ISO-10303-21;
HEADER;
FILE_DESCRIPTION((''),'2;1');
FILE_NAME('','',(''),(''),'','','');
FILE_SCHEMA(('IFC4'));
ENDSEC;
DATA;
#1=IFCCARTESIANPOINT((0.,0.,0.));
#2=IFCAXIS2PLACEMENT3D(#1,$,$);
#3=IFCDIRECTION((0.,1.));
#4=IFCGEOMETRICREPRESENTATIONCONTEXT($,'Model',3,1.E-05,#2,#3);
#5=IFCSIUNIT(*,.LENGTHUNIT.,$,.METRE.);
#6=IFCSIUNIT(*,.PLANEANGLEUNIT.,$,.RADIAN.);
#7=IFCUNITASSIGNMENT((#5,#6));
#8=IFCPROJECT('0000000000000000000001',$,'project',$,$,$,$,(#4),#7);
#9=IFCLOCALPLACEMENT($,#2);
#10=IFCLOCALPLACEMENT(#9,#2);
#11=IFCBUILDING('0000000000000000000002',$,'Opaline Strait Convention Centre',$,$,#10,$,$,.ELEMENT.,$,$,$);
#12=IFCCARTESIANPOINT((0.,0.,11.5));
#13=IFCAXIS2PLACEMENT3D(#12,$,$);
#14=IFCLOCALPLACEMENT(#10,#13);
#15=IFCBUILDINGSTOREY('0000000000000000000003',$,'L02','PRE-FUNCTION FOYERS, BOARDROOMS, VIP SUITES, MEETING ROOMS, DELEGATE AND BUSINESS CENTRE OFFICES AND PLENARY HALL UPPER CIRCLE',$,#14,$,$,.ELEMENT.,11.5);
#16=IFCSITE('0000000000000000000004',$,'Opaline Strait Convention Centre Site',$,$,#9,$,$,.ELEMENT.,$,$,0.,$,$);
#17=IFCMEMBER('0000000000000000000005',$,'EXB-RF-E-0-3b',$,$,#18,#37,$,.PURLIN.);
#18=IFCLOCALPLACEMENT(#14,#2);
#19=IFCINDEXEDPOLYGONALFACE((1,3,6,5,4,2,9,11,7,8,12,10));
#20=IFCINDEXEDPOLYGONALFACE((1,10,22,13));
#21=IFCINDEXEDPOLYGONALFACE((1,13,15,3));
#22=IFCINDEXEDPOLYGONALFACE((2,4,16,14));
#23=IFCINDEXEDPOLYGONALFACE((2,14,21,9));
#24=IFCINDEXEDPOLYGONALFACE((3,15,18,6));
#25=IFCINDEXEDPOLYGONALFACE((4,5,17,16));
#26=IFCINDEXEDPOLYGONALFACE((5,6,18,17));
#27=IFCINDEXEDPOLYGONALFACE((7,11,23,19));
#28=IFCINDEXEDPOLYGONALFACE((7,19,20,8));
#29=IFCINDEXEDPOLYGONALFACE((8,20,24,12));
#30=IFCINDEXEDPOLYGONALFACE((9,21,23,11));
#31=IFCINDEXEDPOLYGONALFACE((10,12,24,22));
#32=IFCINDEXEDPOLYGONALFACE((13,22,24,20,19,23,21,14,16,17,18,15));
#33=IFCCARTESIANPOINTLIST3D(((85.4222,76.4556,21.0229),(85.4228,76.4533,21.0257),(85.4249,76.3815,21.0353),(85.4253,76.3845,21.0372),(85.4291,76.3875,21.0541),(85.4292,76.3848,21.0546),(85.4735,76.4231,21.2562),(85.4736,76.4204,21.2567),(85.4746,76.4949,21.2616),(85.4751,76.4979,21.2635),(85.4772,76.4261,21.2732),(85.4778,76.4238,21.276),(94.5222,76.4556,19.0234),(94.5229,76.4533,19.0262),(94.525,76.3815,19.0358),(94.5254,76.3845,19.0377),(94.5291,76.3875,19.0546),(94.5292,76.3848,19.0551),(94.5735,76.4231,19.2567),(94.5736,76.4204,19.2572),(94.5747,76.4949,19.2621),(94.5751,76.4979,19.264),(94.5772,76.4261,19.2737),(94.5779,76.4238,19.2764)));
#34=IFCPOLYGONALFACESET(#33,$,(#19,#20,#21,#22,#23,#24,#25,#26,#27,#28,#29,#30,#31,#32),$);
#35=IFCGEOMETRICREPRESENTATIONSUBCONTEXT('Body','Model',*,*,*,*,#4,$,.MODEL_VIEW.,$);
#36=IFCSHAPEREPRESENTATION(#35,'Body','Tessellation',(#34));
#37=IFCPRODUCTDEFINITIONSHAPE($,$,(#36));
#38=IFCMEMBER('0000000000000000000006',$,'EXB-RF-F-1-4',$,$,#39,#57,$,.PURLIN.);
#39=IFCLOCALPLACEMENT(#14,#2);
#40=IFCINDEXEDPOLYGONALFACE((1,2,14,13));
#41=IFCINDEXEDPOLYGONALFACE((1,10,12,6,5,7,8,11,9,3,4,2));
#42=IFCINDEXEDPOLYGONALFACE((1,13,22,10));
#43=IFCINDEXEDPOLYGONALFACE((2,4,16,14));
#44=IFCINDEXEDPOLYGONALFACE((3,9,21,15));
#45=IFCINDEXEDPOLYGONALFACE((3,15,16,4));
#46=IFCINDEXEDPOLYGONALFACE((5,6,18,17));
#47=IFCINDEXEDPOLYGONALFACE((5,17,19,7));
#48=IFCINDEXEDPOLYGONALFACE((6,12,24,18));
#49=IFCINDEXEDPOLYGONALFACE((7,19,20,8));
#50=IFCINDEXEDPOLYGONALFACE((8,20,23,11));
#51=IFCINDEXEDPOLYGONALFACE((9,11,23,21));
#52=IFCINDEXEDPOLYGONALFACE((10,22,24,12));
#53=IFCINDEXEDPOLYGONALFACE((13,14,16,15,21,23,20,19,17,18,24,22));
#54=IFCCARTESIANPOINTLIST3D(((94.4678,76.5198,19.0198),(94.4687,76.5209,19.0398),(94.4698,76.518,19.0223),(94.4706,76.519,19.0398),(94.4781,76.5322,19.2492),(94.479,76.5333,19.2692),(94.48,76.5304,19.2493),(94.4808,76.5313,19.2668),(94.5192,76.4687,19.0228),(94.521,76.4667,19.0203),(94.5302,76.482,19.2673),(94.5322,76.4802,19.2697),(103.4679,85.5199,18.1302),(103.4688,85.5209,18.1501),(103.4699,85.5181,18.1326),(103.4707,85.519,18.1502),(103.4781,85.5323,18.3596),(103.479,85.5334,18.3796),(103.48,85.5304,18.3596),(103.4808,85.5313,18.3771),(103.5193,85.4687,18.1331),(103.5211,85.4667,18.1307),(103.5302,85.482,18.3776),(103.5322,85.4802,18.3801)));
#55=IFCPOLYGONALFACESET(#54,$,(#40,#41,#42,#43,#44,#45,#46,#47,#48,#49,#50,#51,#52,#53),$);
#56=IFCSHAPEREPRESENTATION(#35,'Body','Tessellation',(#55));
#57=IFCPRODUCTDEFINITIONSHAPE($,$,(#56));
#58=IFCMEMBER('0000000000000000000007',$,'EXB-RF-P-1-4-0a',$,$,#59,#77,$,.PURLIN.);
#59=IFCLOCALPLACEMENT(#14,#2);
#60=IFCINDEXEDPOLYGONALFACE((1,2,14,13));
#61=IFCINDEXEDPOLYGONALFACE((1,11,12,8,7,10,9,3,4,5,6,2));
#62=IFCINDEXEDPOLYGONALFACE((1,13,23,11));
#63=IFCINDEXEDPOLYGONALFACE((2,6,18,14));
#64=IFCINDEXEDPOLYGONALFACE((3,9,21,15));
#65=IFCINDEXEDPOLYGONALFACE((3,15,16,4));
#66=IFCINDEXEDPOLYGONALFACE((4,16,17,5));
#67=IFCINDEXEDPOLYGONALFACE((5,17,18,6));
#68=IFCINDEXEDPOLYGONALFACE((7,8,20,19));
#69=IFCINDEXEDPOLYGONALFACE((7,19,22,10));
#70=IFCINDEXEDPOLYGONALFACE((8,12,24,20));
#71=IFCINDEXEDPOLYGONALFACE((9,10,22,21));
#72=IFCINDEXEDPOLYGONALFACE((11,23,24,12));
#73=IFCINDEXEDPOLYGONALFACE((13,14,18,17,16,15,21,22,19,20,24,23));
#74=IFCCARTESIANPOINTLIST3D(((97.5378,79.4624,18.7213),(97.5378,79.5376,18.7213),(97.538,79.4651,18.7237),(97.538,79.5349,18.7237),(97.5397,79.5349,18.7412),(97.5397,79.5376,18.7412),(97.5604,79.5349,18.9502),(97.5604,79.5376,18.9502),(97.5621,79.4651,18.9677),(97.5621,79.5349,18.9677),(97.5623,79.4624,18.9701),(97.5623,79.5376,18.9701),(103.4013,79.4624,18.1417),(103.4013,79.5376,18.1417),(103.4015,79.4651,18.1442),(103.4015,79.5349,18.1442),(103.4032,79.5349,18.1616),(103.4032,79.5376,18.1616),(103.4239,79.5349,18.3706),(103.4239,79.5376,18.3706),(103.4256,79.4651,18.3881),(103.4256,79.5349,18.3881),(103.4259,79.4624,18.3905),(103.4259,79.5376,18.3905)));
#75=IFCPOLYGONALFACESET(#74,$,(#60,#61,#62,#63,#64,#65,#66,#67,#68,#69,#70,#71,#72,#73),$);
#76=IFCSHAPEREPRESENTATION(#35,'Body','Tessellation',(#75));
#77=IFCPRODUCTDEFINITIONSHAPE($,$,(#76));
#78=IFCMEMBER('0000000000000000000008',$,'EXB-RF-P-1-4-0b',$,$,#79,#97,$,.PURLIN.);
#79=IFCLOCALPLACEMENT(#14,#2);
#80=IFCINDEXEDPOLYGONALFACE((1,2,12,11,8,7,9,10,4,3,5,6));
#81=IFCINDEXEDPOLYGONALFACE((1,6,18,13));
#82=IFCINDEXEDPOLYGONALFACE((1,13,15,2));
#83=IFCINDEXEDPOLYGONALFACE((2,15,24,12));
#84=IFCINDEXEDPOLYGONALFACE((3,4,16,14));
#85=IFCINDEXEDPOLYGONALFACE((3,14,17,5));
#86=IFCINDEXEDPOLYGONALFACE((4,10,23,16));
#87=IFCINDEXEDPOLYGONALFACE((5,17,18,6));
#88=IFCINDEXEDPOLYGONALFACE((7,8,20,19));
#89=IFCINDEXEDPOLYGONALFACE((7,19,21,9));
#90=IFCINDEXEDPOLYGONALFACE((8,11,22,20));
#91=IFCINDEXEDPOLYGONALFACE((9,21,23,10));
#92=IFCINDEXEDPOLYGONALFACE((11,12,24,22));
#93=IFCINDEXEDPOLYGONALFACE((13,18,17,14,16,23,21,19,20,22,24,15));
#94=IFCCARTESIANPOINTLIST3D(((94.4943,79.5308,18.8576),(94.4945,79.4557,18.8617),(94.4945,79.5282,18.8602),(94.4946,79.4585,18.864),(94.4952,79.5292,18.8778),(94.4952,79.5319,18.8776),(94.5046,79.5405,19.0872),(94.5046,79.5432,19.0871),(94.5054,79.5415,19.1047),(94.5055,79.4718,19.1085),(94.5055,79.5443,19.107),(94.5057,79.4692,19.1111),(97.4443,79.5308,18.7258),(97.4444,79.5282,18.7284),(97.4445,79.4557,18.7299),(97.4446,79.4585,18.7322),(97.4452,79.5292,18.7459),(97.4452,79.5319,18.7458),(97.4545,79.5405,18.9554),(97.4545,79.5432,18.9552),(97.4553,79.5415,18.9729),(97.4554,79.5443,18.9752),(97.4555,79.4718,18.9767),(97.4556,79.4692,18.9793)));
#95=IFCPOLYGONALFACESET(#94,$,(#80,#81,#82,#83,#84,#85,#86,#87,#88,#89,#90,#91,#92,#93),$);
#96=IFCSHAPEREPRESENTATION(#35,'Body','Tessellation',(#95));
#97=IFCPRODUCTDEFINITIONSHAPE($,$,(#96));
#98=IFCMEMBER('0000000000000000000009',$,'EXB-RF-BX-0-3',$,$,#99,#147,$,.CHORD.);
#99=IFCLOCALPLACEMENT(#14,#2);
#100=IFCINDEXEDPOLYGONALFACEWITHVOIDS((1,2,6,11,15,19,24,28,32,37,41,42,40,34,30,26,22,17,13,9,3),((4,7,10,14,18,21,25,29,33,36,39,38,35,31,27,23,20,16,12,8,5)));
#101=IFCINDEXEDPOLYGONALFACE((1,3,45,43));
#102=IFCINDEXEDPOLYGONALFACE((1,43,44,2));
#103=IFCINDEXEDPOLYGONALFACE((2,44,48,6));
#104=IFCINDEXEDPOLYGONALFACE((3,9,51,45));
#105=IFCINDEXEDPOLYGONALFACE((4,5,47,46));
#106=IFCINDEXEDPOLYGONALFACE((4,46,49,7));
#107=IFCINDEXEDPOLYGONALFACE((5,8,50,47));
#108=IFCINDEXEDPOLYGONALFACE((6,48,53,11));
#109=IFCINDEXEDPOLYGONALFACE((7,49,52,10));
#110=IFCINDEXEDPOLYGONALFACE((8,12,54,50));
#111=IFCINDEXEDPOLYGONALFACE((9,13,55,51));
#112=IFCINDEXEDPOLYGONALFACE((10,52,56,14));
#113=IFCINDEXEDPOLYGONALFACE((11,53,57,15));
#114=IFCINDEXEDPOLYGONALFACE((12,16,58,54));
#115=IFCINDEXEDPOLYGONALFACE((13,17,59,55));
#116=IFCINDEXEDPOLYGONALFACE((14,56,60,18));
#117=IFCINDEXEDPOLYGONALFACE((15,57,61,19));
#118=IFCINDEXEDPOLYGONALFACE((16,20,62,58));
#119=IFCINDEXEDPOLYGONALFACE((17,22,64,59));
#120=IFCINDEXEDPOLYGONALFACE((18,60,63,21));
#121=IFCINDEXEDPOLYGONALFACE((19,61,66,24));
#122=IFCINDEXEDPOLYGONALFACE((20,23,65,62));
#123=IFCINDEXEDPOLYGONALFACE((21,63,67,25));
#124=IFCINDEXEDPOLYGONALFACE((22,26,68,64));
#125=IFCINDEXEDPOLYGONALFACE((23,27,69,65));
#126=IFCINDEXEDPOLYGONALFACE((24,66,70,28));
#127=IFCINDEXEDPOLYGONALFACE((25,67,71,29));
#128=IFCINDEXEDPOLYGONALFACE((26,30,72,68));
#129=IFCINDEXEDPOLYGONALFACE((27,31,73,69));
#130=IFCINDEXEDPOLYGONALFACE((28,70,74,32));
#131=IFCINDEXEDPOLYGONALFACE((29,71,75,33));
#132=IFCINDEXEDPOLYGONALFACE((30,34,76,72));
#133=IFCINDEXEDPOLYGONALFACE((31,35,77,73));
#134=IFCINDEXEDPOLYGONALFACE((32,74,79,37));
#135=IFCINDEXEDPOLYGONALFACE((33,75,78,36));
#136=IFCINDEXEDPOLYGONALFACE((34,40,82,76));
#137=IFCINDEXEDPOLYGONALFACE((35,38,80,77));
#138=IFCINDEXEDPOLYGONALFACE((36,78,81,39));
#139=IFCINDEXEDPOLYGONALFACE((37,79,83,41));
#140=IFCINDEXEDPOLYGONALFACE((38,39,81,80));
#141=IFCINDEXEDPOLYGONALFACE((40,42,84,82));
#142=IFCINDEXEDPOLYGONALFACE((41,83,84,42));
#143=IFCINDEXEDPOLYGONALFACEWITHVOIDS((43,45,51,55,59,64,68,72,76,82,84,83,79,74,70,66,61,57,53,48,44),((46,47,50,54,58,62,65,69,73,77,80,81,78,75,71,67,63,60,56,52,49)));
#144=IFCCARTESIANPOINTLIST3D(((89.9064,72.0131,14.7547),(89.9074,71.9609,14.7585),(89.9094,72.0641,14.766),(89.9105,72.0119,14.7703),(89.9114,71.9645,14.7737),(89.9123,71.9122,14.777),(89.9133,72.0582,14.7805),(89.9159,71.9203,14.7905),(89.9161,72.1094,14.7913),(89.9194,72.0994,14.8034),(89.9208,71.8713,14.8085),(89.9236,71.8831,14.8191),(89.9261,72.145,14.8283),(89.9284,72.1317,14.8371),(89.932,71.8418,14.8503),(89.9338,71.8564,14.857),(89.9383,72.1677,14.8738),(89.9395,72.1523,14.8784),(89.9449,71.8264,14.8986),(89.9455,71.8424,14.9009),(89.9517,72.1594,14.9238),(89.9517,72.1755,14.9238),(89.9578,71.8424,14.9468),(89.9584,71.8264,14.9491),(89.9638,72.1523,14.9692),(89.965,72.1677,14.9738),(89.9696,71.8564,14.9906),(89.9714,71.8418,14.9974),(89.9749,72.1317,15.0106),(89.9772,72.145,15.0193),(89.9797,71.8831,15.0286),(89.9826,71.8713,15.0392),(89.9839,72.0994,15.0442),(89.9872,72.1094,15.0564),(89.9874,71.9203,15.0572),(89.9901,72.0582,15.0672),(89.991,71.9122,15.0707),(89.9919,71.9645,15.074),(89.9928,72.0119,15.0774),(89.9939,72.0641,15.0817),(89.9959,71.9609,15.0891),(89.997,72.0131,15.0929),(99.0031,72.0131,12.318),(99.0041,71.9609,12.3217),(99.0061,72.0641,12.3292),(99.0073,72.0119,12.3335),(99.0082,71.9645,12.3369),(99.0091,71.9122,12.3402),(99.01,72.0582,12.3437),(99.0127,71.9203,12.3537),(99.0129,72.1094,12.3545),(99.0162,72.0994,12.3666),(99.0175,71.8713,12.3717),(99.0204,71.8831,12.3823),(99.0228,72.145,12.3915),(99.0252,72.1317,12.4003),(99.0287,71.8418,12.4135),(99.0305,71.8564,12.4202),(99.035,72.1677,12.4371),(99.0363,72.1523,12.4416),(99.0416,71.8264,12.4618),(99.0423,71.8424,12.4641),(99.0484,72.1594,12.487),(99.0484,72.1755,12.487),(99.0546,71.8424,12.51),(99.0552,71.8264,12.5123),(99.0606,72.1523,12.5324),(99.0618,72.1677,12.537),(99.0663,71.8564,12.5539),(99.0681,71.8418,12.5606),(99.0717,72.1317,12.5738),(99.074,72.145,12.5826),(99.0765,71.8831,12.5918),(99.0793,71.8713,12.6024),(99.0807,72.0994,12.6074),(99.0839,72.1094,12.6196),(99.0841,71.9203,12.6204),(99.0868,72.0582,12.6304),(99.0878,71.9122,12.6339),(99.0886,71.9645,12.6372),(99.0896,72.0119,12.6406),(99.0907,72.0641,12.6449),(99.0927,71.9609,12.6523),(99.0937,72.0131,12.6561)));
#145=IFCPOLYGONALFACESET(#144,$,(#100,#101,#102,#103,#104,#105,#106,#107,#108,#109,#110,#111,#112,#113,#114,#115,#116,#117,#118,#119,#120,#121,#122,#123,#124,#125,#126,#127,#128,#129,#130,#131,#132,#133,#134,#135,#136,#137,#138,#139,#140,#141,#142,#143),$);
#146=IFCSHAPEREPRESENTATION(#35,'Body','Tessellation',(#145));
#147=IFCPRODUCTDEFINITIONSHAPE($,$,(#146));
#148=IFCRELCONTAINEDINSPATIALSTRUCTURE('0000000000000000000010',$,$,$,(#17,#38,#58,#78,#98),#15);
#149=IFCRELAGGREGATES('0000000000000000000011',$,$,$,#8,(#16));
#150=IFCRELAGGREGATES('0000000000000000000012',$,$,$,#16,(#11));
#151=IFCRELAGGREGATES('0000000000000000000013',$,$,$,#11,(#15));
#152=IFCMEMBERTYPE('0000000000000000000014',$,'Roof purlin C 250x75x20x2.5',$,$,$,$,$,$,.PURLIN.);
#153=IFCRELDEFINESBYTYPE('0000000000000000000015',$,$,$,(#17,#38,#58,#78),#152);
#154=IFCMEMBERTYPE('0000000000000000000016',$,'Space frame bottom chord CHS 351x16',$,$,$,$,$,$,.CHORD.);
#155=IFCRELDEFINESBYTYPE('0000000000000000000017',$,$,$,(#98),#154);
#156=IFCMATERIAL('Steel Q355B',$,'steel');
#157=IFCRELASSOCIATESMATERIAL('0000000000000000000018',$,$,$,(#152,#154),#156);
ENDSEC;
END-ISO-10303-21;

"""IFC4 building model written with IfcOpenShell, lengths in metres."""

from ifc_helpers import new_model, si_unit, direction, frame, origin, origin_2d, place, context, subcontext, project, spatial, polyline, hollow_circle, outline, extrude, material, material_profile, profile_set, type_object, element, save


model = new_model("IFC4")

# Units and contexts
model_context = context("Model", 3, precision=1e-05, world=origin(), true_north=direction((0.0, 1.0)))
body_context = subcontext(model_context, "Body", "Model", "MODEL_VIEW")
ifc_project = project(units=[si_unit("LENGTHUNIT", "METRE"), si_unit("PLANEANGLEUNIT", "RADIAN")], contexts=[model_context])

# Site, building, storey
site_placement = place(None, origin())
site = spatial("IfcSite", under=ifc_project, at=site_placement, Name="Opaline Strait Convention Centre Site", CompositionType="ELEMENT", RefElevation=0.0)
building_placement = place(site_placement, origin())
building = spatial("IfcBuilding", under=site, at=building_placement, Name="Opaline Strait Convention Centre", CompositionType="ELEMENT")
storey_placement = place(building_placement, frame((0.0, 0.0, 11.5)))
storey = spatial("IfcBuildingStorey", under=building, at=storey_placement, Name="L02", Description="PRE-FUNCTION FOYERS, BOARDROOMS, VIP SUITES, MEETING ROOMS, DELEGATE AND BUSINESS CENTRE OFFICES AND PLENARY HALL UPPER CIRCLE", CompositionType="ELEMENT", Elevation=11.5)

# Members
ifc_material_1 = material(Name="Steel Q355B", Category="steel")
ifc_material_profile_1 = material_profile(ifc_material_1, outline(polyline([(-0.0376, -0.125), (0.0376, -0.125), (0.0376, -0.105), (0.0349, -0.105), (0.0349, -0.1226), (-0.0349, -0.1226), (-0.0349, 0.1226), (0.0349, 0.1226), (0.0349, 0.105), (0.0376, 0.105), (0.0376, 0.125), (-0.0376, 0.125), (-0.0376, -0.125)])), Name="C 250x75x20x2.5")
ifc_profile_set_1 = profile_set([ifc_material_profile_1], Name="Steel Q355B")
member_type_1 = type_object("IfcMemberType", Name="Roof purlin C 250x75x20x2.5", PredefinedType="PURLIN", material=ifc_profile_set_1)
member_1_placement = place(storey_placement, frame((94.55, 76.4397, 19.1499), z_axis=(-0.976701, 0.0, 0.214605), x_axis=(0.036376, -0.98553, 0.165553)))
element("IfcMember", 1, at=member_1_placement, inside=storey, type_object=member_type_1, Name="EXB-RF-E-0-3b", PredefinedType="PURLIN", context=body_context, shape_type="SweptSolid", body=[
    extrude(outline(polyline([(-0.0376, -0.125), (0.0376, -0.125), (0.0376, -0.105), (0.0349, -0.105), (0.0349, -0.1226), (-0.0349, -0.1226), (-0.0349, 0.1226), (0.0349, 0.1226), (0.0349, 0.105), (0.0376, 0.105), (0.0376, 0.125), (-0.0376, 0.125), (-0.0376, -0.125)])), origin(), (0.0, 0.0, 1.0), 9.3171),
])
member_2_placement = place(storey_placement, frame((94.5, 76.5, 19.1448), z_axis=(0.705386, 0.705386, -0.069727), x_axis=(-0.707423, 0.706758, -0.006724)))
element("IfcMember", 2, at=member_2_placement, inside=storey, type_object=member_type_1, Name="EXB-RF-F-1-4", PredefinedType="PURLIN", context=body_context, shape_type="SweptSolid", body=[
    extrude(outline(polyline([(-0.0376, -0.125), (0.0376, -0.125), (0.0376, -0.105), (0.0349, -0.105), (0.0349, -0.1226), (-0.0349, -0.1226), (-0.0349, 0.1226), (0.0349, 0.1226), (0.0349, 0.105), (0.0376, 0.105), (0.0376, 0.125), (-0.0376, 0.125), (-0.0376, -0.125)])), origin(), (0.0, 0.0, 1.0), 12.759),
])
member_3_placement = place(storey_placement, frame((97.55, 79.5, 18.8457), z_axis=(0.99515, 0.0, -0.098367), x_axis=(0.0, 1.0, 0.0)))
element("IfcMember", 3, at=member_3_placement, inside=storey, type_object=member_type_1, Name="EXB-RF-P-1-4-0a", PredefinedType="PURLIN", context=body_context, shape_type="SweptSolid", body=[
    extrude(outline(polyline([(-0.0376, -0.125), (0.0376, -0.125), (0.0376, -0.105), (0.0349, -0.105), (0.0349, -0.1226), (-0.0349, -0.1226), (-0.0349, 0.1226), (0.0349, 0.1226), (0.0349, 0.105), (0.0376, 0.105), (0.0376, 0.125), (-0.0376, 0.125), (-0.0376, -0.125)])), origin(), (0.0, 0.0, 1.0), 5.8921),
])
member_4_placement = place(storey_placement, frame((94.5, 79.5, 18.9844), z_axis=(0.999003, 0.0, -0.044646), x_axis=(-0.002417, 0.998534, -0.054074)))
element("IfcMember", 4, at=member_4_placement, inside=storey, type_object=member_type_1, Name="EXB-RF-P-1-4-0b", PredefinedType="PURLIN", context=body_context, shape_type="SweptSolid", body=[
    extrude(outline(polyline([(-0.0376, -0.125), (0.0376, -0.125), (0.0376, -0.105), (0.0349, -0.105), (0.0349, -0.1226), (-0.0349, -0.1226), (-0.0349, 0.1226), (0.0349, 0.1226), (0.0349, 0.105), (0.0376, 0.105), (0.0376, 0.125), (-0.0376, 0.125), (-0.0376, -0.125)])), origin(), (0.0, 0.0, 1.0), 2.9529),
])
ifc_material_profile_2 = material_profile(ifc_material_1, hollow_circle(Radius=0.1755, WallThickness=0.0161, at=origin_2d()), Name="CHS 351x16")
ifc_profile_set_2 = profile_set([ifc_material_profile_2], Name="Steel Q355B")
member_type_2 = type_object("IfcMemberType", Name="Space frame bottom chord CHS 351x16", PredefinedType="CHORD", material=ifc_profile_set_2)
member_5_placement = place(storey_placement, frame((89.9517, 72.0, 14.9238), z_axis=(0.965944, 0.0, -0.258752), x_axis=(0.0, 1.0, 0.0)))
element("IfcMember", 5, at=member_5_placement, inside=storey, type_object=member_type_2, Name="EXB-RF-BX-0-3", PredefinedType="CHORD", context=body_context, shape_type="SweptSolid", body=[
    extrude(hollow_circle(Radius=0.1755, WallThickness=0.0161, at=origin_2d()), origin(), (0.0, 0.0, 1.0), 9.4175),
])

save(model, "model.ifc")
